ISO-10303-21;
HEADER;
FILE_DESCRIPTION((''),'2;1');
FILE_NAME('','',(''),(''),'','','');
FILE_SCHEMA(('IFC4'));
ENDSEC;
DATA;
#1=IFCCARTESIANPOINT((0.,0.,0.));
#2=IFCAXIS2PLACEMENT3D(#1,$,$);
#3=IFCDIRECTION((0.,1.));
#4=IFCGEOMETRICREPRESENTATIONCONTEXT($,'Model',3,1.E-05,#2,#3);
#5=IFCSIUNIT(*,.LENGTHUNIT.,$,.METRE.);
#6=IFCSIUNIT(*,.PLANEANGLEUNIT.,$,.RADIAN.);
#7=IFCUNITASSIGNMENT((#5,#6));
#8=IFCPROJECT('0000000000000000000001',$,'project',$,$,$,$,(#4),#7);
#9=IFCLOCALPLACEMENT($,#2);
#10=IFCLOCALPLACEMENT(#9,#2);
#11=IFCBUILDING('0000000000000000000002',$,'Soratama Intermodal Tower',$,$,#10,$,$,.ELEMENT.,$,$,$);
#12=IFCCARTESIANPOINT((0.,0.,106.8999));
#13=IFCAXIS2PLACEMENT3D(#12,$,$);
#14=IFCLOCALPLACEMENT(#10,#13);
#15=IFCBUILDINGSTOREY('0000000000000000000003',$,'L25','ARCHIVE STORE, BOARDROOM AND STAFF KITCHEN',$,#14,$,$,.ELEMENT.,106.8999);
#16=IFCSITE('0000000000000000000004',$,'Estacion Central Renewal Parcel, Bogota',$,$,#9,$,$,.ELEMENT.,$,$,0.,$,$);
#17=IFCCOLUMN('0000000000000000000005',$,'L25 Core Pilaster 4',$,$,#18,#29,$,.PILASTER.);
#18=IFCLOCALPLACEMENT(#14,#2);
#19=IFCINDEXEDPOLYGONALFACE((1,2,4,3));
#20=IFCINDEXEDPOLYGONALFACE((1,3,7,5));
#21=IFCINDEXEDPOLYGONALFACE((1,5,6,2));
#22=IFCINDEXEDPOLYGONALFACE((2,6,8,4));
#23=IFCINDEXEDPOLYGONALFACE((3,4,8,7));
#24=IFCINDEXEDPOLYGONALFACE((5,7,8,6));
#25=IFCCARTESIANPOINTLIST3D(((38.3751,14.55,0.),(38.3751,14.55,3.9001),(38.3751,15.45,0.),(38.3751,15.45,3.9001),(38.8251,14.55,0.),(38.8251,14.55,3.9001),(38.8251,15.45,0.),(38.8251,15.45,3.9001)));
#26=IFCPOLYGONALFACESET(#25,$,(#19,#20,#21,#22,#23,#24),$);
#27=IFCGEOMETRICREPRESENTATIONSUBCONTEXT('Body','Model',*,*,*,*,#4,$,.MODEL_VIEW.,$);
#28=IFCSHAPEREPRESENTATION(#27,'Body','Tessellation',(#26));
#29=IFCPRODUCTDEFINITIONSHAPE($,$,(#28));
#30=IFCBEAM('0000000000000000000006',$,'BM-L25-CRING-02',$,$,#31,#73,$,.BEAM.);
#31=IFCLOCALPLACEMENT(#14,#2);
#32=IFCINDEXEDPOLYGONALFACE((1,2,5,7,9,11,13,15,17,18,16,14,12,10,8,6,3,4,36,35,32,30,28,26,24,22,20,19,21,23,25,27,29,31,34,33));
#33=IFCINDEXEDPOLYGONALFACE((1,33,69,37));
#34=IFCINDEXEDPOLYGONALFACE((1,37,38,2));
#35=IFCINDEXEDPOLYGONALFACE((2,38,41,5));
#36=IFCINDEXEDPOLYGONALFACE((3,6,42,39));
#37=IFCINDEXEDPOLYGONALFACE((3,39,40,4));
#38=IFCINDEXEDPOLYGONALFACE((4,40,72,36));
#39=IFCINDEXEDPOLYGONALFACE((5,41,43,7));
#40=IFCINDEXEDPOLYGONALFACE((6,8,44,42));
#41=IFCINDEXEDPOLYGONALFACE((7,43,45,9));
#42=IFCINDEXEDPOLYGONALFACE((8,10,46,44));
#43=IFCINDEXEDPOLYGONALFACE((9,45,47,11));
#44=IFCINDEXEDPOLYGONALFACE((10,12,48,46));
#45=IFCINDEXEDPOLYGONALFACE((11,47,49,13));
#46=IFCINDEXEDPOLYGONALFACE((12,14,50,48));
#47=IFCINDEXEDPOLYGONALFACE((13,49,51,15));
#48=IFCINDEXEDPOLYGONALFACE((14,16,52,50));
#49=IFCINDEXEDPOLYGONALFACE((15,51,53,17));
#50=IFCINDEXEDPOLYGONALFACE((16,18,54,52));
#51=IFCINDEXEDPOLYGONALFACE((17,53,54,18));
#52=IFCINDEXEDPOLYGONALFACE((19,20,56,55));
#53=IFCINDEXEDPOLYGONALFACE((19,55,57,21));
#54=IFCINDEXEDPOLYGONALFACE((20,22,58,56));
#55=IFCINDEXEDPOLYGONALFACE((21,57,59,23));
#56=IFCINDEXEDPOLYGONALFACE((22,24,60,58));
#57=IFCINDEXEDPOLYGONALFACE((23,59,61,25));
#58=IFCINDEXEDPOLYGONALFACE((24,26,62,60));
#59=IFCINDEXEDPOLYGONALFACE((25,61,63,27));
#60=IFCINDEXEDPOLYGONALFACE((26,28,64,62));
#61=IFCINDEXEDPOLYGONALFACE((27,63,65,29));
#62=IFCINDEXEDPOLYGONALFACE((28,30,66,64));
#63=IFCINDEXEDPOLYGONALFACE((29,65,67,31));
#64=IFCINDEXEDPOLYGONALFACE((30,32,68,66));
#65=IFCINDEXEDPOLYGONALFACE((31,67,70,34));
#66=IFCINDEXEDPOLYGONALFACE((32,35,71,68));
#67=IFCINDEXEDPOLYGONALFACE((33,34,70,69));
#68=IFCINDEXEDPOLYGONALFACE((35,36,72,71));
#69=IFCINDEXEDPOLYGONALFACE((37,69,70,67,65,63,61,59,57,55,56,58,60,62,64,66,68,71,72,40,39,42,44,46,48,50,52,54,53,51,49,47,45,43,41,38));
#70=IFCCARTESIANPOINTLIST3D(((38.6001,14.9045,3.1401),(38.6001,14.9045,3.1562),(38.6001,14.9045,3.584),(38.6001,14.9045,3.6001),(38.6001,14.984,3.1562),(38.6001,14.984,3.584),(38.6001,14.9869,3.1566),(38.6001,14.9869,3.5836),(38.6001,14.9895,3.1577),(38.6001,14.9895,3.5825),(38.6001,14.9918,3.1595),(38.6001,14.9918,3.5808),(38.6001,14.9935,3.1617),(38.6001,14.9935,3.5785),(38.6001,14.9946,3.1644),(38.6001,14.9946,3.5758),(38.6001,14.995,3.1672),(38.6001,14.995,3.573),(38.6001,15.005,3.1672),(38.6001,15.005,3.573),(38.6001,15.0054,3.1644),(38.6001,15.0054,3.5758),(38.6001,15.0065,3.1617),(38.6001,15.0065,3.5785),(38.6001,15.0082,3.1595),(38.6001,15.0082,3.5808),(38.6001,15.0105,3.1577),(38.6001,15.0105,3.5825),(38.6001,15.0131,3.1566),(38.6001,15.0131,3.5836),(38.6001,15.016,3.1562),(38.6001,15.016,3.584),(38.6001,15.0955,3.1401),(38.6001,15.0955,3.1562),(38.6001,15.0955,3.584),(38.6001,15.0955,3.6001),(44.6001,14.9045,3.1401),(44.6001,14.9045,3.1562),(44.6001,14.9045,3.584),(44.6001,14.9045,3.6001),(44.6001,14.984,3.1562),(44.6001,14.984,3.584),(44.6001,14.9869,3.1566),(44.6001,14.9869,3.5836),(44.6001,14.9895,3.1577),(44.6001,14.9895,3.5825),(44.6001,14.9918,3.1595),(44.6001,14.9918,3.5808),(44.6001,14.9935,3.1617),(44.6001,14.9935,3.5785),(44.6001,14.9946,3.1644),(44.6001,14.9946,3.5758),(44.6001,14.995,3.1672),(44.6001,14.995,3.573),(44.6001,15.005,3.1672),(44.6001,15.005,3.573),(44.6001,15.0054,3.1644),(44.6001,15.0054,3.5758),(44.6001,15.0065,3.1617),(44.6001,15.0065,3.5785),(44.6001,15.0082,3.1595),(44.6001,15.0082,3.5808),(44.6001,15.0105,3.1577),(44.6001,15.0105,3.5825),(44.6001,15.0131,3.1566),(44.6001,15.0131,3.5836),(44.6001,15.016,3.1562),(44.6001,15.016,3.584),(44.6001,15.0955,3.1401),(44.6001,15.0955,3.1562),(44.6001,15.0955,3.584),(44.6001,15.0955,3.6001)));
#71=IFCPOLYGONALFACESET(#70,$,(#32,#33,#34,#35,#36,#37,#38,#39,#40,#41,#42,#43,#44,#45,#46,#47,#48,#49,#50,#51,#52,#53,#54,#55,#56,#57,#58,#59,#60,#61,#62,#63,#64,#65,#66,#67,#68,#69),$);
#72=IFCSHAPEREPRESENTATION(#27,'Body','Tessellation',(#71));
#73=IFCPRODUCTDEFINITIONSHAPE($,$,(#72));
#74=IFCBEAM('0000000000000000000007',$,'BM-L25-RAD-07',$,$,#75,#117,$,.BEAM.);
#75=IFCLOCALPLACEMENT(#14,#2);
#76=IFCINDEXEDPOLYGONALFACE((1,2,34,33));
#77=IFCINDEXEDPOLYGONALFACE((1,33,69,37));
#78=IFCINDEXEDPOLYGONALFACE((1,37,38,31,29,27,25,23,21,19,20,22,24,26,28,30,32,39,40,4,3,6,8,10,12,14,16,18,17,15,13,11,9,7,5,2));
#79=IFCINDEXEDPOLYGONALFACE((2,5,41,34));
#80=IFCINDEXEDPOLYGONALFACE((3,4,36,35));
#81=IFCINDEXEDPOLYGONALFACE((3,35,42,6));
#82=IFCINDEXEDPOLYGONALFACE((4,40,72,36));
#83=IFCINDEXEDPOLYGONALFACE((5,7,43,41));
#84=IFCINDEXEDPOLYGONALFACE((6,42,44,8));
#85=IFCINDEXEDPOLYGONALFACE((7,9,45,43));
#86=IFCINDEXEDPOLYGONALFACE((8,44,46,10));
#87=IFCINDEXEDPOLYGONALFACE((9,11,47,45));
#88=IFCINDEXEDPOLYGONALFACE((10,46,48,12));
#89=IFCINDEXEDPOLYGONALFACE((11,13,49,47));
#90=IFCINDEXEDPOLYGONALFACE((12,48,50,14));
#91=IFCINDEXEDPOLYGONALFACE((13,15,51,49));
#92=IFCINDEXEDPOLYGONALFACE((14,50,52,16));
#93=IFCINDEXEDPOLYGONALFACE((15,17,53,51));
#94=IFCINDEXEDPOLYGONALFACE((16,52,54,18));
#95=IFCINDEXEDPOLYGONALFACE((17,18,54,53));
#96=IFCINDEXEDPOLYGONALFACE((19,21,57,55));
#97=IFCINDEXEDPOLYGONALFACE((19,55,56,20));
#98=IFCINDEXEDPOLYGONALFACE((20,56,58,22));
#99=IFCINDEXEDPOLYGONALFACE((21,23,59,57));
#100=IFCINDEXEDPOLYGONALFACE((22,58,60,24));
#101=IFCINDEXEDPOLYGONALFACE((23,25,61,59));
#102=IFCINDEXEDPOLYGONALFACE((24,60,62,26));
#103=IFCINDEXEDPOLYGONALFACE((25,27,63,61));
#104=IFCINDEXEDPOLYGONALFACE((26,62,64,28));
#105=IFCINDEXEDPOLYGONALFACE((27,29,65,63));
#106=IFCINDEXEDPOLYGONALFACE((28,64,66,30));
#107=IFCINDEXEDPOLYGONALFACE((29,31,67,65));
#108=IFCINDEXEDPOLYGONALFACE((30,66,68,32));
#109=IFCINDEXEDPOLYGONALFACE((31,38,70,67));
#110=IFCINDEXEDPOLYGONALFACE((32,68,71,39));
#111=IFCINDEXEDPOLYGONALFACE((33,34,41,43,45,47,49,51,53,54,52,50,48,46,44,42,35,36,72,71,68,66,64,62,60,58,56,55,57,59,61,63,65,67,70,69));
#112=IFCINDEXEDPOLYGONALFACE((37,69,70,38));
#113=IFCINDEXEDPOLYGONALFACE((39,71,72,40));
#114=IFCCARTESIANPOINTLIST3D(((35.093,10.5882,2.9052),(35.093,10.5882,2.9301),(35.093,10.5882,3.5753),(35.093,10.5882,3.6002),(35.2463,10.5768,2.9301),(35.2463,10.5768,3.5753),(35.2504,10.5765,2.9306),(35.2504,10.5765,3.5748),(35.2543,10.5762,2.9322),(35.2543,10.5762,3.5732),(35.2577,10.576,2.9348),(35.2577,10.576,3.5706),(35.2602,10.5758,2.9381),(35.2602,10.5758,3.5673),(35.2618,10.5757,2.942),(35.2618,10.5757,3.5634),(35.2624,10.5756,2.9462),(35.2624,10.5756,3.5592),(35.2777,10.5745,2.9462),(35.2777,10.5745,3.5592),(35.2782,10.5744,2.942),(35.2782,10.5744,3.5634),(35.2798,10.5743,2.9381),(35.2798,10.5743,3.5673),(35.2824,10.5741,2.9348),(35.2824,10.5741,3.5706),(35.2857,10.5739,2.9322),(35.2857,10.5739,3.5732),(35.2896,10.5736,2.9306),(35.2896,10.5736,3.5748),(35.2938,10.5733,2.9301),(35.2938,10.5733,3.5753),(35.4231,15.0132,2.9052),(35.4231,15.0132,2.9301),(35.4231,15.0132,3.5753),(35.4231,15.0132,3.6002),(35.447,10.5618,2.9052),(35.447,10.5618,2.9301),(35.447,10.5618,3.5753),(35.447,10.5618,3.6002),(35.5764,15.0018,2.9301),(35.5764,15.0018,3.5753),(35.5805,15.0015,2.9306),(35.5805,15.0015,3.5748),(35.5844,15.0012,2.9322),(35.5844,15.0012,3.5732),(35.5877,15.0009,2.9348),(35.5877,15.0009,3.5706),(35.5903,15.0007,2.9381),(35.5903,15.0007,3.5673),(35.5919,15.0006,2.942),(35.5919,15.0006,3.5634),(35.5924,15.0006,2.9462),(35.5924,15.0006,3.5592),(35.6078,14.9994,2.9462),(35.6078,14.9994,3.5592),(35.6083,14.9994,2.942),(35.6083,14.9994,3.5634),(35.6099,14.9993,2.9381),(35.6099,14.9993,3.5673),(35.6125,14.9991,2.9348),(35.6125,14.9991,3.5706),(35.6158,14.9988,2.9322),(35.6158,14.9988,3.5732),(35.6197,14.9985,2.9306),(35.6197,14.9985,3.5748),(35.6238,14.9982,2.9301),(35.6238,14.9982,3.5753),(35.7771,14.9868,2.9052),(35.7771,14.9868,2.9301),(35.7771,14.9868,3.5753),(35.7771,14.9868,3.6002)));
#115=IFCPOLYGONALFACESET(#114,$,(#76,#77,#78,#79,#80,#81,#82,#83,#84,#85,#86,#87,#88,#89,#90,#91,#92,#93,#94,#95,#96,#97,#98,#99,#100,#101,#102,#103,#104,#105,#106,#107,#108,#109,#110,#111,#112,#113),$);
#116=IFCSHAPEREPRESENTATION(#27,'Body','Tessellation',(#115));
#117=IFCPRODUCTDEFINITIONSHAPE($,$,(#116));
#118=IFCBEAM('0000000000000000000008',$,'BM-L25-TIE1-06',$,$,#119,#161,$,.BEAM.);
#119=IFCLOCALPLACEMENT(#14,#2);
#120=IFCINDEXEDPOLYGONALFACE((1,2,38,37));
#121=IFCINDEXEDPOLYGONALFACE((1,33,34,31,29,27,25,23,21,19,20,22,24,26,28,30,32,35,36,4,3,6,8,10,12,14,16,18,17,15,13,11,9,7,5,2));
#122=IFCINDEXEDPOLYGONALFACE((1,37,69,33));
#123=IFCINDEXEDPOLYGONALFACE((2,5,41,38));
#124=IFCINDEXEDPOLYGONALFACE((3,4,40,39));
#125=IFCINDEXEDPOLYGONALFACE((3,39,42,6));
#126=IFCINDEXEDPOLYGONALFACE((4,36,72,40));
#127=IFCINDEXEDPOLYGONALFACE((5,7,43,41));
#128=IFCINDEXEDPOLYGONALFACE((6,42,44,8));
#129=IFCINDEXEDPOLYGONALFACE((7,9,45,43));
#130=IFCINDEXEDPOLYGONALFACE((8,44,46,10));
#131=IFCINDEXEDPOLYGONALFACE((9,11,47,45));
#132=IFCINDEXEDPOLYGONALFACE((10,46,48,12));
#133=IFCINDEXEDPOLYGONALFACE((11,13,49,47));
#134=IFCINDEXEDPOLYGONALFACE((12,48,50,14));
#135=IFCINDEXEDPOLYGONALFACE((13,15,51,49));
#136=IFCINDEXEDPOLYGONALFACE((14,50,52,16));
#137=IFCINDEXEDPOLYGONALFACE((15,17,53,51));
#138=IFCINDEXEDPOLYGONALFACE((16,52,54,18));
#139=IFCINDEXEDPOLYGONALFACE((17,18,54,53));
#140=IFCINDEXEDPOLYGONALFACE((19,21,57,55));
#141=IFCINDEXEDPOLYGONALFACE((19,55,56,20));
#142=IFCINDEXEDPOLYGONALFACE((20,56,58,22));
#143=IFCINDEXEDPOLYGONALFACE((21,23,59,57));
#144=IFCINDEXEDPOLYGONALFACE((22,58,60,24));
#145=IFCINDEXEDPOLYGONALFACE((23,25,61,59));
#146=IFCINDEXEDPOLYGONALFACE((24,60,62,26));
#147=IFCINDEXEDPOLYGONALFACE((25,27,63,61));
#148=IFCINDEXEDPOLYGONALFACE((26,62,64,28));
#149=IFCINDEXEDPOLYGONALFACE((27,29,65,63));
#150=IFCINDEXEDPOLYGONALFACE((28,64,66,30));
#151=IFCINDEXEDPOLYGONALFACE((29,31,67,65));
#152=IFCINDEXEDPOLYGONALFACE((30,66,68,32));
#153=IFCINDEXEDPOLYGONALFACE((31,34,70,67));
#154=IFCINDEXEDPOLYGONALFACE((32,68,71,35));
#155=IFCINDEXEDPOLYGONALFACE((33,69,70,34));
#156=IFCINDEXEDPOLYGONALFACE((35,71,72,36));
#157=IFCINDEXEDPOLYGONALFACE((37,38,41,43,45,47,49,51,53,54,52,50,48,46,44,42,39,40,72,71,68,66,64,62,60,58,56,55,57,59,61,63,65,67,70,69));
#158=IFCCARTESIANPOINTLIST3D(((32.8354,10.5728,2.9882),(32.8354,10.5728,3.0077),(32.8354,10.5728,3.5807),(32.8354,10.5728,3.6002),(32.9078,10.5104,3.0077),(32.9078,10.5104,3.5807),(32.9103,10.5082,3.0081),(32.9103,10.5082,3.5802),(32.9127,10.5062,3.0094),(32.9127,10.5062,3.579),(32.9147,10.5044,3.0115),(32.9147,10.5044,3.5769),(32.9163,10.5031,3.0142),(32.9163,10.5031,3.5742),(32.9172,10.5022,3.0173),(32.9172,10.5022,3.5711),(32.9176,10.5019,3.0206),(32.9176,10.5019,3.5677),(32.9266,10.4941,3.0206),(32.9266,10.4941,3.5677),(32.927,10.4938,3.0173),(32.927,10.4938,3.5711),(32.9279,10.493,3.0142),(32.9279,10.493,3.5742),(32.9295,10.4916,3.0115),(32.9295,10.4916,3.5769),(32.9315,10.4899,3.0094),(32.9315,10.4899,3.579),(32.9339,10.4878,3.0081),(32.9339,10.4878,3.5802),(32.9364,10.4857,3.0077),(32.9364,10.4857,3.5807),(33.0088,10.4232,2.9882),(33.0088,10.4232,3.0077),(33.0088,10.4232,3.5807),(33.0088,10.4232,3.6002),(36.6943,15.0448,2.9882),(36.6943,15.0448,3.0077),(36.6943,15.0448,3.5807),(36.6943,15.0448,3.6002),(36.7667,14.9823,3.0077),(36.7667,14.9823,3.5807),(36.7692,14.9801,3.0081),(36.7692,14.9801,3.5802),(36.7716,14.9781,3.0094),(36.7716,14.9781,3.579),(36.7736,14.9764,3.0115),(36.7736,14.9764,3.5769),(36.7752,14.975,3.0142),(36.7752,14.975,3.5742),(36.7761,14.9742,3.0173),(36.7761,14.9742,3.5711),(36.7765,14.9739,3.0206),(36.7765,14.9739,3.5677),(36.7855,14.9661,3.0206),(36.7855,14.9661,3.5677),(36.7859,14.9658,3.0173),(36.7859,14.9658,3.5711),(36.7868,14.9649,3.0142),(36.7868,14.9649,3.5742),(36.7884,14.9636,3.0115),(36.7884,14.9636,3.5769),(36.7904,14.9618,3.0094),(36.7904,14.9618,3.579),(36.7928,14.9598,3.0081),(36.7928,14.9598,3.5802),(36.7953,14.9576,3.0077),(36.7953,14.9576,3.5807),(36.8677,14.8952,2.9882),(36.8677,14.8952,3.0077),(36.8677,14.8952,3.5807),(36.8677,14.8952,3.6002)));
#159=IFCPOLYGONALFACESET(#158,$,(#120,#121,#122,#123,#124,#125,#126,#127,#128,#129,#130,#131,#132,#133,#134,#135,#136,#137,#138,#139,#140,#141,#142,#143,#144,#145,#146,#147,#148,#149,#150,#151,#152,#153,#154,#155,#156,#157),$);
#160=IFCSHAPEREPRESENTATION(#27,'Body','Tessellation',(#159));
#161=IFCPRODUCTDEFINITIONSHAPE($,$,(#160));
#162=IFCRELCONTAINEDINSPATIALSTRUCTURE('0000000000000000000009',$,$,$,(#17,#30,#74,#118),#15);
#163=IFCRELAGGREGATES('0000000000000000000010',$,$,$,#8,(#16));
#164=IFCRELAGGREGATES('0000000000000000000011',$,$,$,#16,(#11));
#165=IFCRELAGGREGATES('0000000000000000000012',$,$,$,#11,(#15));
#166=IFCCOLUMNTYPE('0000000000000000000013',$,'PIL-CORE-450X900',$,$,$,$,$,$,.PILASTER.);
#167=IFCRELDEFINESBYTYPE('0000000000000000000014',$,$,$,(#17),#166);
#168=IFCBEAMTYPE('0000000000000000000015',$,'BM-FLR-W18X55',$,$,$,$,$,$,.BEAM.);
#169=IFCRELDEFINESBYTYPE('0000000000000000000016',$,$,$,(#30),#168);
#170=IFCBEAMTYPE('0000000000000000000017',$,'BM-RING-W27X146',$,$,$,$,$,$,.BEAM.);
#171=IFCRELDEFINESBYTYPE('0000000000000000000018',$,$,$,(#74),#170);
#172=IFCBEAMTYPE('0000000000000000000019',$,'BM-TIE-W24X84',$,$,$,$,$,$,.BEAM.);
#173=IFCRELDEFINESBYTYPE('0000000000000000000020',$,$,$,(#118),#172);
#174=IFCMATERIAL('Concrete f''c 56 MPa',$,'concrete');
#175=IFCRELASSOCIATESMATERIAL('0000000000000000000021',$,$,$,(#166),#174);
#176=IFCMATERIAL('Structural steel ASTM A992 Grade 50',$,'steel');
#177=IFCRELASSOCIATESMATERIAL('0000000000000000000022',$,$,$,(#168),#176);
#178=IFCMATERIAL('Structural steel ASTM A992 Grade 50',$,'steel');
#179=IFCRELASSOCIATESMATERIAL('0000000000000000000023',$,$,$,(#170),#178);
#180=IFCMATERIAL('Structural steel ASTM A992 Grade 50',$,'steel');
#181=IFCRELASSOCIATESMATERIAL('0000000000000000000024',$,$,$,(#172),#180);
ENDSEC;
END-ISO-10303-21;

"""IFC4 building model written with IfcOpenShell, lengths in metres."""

from ifc_helpers import new_model, si_unit, direction, frame, origin, origin_2d, place, context, subcontext, project, spatial, rectangle, i_section, extrude, material, material_profile, profile_set, type_object, element, save


model = new_model("IFC4")

# Units and contexts
model_context = context("Model", 3, precision=1e-05, world=origin(), true_north=direction((0.0, 1.0)))
body_context = subcontext(model_context, "Body", "Model", "MODEL_VIEW")
ifc_project = project(units=[si_unit("LENGTHUNIT", "METRE"), si_unit("PLANEANGLEUNIT", "RADIAN")], contexts=[model_context])

# Site, building, storey
site_placement = place(None, origin())
site = spatial("IfcSite", under=ifc_project, at=site_placement, Name="Estacion Central Renewal Parcel, Bogota", CompositionType="ELEMENT", RefElevation=0.0)
building_placement = place(site_placement, origin())
building = spatial("IfcBuilding", under=site, at=building_placement, Name="Soratama Intermodal Tower", CompositionType="ELEMENT")
storey_placement = place(building_placement, frame((0.0, 0.0, 106.8999)))
storey = spatial("IfcBuildingStorey", under=building, at=storey_placement, Name="L25", Description="ARCHIVE STORE, BOARDROOM AND STAFF KITCHEN", CompositionType="ELEMENT", Elevation=106.8999)

# Column
ifc_material_1 = material(Name="Concrete f'c 56 MPa", Category="concrete")
ifc_material_profile_1 = material_profile(ifc_material_1, rectangle(XDim=0.45, YDim=0.8999, at=origin_2d()), Name="RC450X900")
ifc_profile_set_1 = profile_set([ifc_material_profile_1], Name="Concrete f'c 56 MPa")
column_type = type_object("IfcColumnType", Name="PIL-CORE-450X900", PredefinedType="PILASTER", material=ifc_profile_set_1)
column_placement = place(storey_placement, frame((38.6001, 15.0, 0.0), z_axis=(0.0, 0.0, 1.0), x_axis=(1.0, 0.0, 0.0)))
element("IfcColumn", 1, at=column_placement, inside=storey, type_object=column_type, Name="L25 Core Pilaster 4", PredefinedType="PILASTER", context=body_context, shape_type="SweptSolid", body=[
    extrude(rectangle(XDim=0.45, YDim=0.8999, at=origin_2d()), origin(), (0.0, 0.0, 1.0), 3.9001),
])

# Beams
ifc_material_2 = material(Name="Structural steel ASTM A992 Grade 50", Category="steel")
ifc_material_profile_2 = material_profile(ifc_material_2, i_section(OverallWidth=0.1909, OverallDepth=0.46, WebThickness=0.01, FlangeThickness=0.0161, FilletRadius=0.011, at=origin_2d()), Name="W18X55")
ifc_profile_set_2 = profile_set([ifc_material_profile_2], Name="Structural steel ASTM A992 Grade 50")
beam_type_1 = type_object("IfcBeamType", Name="BM-FLR-W18X55", PredefinedType="BEAM", material=ifc_profile_set_2)
beam_1_placement = place(storey_placement, frame((38.6001, 15.0, 3.3701), z_axis=(1.0, 0.0, 0.0), x_axis=(0.0, 1.0, 0.0)))
element("IfcBeam", 2, at=beam_1_placement, inside=storey, type_object=beam_type_1, Name="BM-L25-CRING-02", PredefinedType="BEAM", context=body_context, shape_type="SweptSolid", body=[
    extrude(i_section(OverallWidth=0.1909, OverallDepth=0.46, WebThickness=0.01, FlangeThickness=0.0161, FilletRadius=0.011, at=origin_2d()), origin(), (0.0, 0.0, 1.0), 6.0),
])
ifc_material_3 = material(Name="Structural steel ASTM A992 Grade 50", Category="steel")
ifc_material_profile_3 = material_profile(ifc_material_3, i_section(OverallWidth=0.355, OverallDepth=0.6951, WebThickness=0.0154, FlangeThickness=0.0249, FilletRadius=0.0161, at=origin_2d()), Name="W27X146")
ifc_profile_set_3 = profile_set([ifc_material_profile_3], Name="Structural steel ASTM A992 Grade 50")
beam_type_2 = type_object("IfcBeamType", Name="BM-RING-W27X146", PredefinedType="BEAM", material=ifc_profile_set_3)
beam_2_placement = place(storey_placement, frame((35.6001, 15.0, 3.2527), z_axis=(-0.074386, -0.997229, 0.0), x_axis=(0.997229, -0.074386, 0.0)))
element("IfcBeam", 3, at=beam_2_placement, inside=storey, type_object=beam_type_2, Name="BM-L25-RAD-07", PredefinedType="BEAM", context=body_context, shape_type="SweptSolid", body=[
    extrude(i_section(OverallWidth=0.355, OverallDepth=0.6951, WebThickness=0.0154, FlangeThickness=0.0249, FilletRadius=0.0161, at=origin_2d()), origin(), (0.0, 0.0, 1.0), 4.4373),
])
ifc_material_4 = material(Name="Structural steel ASTM A992 Grade 50", Category="steel")
ifc_material_profile_4 = material_profile(ifc_material_4, i_section(OverallWidth=0.229, OverallDepth=0.6121, WebThickness=0.012, FlangeThickness=0.0195, FilletRadius=0.0129, at=origin_2d()), Name="W24X84")
ifc_profile_set_4 = profile_set([ifc_material_profile_4], Name="Structural steel ASTM A992 Grade 50")
beam_type_3 = type_object("IfcBeamType", Name="BM-TIE-W24X84", PredefinedType="BEAM", material=ifc_profile_set_4)
beam_3_placement = place(storey_placement, frame((36.781, 14.97, 3.2942), z_axis=(-0.653307, -0.757093, 0.0), x_axis=(0.757093, -0.653307, 0.0)))
element("IfcBeam", 4, at=beam_3_placement, inside=storey, type_object=beam_type_3, Name="BM-L25-TIE1-06", PredefinedType="BEAM", context=body_context, shape_type="SweptSolid", body=[
    extrude(i_section(OverallWidth=0.229, OverallDepth=0.6121, WebThickness=0.012, FlangeThickness=0.0195, FilletRadius=0.0129, at=origin_2d()), origin(), (0.0, 0.0, 1.0), 5.9067),
])

save(model, "model.ifc")
